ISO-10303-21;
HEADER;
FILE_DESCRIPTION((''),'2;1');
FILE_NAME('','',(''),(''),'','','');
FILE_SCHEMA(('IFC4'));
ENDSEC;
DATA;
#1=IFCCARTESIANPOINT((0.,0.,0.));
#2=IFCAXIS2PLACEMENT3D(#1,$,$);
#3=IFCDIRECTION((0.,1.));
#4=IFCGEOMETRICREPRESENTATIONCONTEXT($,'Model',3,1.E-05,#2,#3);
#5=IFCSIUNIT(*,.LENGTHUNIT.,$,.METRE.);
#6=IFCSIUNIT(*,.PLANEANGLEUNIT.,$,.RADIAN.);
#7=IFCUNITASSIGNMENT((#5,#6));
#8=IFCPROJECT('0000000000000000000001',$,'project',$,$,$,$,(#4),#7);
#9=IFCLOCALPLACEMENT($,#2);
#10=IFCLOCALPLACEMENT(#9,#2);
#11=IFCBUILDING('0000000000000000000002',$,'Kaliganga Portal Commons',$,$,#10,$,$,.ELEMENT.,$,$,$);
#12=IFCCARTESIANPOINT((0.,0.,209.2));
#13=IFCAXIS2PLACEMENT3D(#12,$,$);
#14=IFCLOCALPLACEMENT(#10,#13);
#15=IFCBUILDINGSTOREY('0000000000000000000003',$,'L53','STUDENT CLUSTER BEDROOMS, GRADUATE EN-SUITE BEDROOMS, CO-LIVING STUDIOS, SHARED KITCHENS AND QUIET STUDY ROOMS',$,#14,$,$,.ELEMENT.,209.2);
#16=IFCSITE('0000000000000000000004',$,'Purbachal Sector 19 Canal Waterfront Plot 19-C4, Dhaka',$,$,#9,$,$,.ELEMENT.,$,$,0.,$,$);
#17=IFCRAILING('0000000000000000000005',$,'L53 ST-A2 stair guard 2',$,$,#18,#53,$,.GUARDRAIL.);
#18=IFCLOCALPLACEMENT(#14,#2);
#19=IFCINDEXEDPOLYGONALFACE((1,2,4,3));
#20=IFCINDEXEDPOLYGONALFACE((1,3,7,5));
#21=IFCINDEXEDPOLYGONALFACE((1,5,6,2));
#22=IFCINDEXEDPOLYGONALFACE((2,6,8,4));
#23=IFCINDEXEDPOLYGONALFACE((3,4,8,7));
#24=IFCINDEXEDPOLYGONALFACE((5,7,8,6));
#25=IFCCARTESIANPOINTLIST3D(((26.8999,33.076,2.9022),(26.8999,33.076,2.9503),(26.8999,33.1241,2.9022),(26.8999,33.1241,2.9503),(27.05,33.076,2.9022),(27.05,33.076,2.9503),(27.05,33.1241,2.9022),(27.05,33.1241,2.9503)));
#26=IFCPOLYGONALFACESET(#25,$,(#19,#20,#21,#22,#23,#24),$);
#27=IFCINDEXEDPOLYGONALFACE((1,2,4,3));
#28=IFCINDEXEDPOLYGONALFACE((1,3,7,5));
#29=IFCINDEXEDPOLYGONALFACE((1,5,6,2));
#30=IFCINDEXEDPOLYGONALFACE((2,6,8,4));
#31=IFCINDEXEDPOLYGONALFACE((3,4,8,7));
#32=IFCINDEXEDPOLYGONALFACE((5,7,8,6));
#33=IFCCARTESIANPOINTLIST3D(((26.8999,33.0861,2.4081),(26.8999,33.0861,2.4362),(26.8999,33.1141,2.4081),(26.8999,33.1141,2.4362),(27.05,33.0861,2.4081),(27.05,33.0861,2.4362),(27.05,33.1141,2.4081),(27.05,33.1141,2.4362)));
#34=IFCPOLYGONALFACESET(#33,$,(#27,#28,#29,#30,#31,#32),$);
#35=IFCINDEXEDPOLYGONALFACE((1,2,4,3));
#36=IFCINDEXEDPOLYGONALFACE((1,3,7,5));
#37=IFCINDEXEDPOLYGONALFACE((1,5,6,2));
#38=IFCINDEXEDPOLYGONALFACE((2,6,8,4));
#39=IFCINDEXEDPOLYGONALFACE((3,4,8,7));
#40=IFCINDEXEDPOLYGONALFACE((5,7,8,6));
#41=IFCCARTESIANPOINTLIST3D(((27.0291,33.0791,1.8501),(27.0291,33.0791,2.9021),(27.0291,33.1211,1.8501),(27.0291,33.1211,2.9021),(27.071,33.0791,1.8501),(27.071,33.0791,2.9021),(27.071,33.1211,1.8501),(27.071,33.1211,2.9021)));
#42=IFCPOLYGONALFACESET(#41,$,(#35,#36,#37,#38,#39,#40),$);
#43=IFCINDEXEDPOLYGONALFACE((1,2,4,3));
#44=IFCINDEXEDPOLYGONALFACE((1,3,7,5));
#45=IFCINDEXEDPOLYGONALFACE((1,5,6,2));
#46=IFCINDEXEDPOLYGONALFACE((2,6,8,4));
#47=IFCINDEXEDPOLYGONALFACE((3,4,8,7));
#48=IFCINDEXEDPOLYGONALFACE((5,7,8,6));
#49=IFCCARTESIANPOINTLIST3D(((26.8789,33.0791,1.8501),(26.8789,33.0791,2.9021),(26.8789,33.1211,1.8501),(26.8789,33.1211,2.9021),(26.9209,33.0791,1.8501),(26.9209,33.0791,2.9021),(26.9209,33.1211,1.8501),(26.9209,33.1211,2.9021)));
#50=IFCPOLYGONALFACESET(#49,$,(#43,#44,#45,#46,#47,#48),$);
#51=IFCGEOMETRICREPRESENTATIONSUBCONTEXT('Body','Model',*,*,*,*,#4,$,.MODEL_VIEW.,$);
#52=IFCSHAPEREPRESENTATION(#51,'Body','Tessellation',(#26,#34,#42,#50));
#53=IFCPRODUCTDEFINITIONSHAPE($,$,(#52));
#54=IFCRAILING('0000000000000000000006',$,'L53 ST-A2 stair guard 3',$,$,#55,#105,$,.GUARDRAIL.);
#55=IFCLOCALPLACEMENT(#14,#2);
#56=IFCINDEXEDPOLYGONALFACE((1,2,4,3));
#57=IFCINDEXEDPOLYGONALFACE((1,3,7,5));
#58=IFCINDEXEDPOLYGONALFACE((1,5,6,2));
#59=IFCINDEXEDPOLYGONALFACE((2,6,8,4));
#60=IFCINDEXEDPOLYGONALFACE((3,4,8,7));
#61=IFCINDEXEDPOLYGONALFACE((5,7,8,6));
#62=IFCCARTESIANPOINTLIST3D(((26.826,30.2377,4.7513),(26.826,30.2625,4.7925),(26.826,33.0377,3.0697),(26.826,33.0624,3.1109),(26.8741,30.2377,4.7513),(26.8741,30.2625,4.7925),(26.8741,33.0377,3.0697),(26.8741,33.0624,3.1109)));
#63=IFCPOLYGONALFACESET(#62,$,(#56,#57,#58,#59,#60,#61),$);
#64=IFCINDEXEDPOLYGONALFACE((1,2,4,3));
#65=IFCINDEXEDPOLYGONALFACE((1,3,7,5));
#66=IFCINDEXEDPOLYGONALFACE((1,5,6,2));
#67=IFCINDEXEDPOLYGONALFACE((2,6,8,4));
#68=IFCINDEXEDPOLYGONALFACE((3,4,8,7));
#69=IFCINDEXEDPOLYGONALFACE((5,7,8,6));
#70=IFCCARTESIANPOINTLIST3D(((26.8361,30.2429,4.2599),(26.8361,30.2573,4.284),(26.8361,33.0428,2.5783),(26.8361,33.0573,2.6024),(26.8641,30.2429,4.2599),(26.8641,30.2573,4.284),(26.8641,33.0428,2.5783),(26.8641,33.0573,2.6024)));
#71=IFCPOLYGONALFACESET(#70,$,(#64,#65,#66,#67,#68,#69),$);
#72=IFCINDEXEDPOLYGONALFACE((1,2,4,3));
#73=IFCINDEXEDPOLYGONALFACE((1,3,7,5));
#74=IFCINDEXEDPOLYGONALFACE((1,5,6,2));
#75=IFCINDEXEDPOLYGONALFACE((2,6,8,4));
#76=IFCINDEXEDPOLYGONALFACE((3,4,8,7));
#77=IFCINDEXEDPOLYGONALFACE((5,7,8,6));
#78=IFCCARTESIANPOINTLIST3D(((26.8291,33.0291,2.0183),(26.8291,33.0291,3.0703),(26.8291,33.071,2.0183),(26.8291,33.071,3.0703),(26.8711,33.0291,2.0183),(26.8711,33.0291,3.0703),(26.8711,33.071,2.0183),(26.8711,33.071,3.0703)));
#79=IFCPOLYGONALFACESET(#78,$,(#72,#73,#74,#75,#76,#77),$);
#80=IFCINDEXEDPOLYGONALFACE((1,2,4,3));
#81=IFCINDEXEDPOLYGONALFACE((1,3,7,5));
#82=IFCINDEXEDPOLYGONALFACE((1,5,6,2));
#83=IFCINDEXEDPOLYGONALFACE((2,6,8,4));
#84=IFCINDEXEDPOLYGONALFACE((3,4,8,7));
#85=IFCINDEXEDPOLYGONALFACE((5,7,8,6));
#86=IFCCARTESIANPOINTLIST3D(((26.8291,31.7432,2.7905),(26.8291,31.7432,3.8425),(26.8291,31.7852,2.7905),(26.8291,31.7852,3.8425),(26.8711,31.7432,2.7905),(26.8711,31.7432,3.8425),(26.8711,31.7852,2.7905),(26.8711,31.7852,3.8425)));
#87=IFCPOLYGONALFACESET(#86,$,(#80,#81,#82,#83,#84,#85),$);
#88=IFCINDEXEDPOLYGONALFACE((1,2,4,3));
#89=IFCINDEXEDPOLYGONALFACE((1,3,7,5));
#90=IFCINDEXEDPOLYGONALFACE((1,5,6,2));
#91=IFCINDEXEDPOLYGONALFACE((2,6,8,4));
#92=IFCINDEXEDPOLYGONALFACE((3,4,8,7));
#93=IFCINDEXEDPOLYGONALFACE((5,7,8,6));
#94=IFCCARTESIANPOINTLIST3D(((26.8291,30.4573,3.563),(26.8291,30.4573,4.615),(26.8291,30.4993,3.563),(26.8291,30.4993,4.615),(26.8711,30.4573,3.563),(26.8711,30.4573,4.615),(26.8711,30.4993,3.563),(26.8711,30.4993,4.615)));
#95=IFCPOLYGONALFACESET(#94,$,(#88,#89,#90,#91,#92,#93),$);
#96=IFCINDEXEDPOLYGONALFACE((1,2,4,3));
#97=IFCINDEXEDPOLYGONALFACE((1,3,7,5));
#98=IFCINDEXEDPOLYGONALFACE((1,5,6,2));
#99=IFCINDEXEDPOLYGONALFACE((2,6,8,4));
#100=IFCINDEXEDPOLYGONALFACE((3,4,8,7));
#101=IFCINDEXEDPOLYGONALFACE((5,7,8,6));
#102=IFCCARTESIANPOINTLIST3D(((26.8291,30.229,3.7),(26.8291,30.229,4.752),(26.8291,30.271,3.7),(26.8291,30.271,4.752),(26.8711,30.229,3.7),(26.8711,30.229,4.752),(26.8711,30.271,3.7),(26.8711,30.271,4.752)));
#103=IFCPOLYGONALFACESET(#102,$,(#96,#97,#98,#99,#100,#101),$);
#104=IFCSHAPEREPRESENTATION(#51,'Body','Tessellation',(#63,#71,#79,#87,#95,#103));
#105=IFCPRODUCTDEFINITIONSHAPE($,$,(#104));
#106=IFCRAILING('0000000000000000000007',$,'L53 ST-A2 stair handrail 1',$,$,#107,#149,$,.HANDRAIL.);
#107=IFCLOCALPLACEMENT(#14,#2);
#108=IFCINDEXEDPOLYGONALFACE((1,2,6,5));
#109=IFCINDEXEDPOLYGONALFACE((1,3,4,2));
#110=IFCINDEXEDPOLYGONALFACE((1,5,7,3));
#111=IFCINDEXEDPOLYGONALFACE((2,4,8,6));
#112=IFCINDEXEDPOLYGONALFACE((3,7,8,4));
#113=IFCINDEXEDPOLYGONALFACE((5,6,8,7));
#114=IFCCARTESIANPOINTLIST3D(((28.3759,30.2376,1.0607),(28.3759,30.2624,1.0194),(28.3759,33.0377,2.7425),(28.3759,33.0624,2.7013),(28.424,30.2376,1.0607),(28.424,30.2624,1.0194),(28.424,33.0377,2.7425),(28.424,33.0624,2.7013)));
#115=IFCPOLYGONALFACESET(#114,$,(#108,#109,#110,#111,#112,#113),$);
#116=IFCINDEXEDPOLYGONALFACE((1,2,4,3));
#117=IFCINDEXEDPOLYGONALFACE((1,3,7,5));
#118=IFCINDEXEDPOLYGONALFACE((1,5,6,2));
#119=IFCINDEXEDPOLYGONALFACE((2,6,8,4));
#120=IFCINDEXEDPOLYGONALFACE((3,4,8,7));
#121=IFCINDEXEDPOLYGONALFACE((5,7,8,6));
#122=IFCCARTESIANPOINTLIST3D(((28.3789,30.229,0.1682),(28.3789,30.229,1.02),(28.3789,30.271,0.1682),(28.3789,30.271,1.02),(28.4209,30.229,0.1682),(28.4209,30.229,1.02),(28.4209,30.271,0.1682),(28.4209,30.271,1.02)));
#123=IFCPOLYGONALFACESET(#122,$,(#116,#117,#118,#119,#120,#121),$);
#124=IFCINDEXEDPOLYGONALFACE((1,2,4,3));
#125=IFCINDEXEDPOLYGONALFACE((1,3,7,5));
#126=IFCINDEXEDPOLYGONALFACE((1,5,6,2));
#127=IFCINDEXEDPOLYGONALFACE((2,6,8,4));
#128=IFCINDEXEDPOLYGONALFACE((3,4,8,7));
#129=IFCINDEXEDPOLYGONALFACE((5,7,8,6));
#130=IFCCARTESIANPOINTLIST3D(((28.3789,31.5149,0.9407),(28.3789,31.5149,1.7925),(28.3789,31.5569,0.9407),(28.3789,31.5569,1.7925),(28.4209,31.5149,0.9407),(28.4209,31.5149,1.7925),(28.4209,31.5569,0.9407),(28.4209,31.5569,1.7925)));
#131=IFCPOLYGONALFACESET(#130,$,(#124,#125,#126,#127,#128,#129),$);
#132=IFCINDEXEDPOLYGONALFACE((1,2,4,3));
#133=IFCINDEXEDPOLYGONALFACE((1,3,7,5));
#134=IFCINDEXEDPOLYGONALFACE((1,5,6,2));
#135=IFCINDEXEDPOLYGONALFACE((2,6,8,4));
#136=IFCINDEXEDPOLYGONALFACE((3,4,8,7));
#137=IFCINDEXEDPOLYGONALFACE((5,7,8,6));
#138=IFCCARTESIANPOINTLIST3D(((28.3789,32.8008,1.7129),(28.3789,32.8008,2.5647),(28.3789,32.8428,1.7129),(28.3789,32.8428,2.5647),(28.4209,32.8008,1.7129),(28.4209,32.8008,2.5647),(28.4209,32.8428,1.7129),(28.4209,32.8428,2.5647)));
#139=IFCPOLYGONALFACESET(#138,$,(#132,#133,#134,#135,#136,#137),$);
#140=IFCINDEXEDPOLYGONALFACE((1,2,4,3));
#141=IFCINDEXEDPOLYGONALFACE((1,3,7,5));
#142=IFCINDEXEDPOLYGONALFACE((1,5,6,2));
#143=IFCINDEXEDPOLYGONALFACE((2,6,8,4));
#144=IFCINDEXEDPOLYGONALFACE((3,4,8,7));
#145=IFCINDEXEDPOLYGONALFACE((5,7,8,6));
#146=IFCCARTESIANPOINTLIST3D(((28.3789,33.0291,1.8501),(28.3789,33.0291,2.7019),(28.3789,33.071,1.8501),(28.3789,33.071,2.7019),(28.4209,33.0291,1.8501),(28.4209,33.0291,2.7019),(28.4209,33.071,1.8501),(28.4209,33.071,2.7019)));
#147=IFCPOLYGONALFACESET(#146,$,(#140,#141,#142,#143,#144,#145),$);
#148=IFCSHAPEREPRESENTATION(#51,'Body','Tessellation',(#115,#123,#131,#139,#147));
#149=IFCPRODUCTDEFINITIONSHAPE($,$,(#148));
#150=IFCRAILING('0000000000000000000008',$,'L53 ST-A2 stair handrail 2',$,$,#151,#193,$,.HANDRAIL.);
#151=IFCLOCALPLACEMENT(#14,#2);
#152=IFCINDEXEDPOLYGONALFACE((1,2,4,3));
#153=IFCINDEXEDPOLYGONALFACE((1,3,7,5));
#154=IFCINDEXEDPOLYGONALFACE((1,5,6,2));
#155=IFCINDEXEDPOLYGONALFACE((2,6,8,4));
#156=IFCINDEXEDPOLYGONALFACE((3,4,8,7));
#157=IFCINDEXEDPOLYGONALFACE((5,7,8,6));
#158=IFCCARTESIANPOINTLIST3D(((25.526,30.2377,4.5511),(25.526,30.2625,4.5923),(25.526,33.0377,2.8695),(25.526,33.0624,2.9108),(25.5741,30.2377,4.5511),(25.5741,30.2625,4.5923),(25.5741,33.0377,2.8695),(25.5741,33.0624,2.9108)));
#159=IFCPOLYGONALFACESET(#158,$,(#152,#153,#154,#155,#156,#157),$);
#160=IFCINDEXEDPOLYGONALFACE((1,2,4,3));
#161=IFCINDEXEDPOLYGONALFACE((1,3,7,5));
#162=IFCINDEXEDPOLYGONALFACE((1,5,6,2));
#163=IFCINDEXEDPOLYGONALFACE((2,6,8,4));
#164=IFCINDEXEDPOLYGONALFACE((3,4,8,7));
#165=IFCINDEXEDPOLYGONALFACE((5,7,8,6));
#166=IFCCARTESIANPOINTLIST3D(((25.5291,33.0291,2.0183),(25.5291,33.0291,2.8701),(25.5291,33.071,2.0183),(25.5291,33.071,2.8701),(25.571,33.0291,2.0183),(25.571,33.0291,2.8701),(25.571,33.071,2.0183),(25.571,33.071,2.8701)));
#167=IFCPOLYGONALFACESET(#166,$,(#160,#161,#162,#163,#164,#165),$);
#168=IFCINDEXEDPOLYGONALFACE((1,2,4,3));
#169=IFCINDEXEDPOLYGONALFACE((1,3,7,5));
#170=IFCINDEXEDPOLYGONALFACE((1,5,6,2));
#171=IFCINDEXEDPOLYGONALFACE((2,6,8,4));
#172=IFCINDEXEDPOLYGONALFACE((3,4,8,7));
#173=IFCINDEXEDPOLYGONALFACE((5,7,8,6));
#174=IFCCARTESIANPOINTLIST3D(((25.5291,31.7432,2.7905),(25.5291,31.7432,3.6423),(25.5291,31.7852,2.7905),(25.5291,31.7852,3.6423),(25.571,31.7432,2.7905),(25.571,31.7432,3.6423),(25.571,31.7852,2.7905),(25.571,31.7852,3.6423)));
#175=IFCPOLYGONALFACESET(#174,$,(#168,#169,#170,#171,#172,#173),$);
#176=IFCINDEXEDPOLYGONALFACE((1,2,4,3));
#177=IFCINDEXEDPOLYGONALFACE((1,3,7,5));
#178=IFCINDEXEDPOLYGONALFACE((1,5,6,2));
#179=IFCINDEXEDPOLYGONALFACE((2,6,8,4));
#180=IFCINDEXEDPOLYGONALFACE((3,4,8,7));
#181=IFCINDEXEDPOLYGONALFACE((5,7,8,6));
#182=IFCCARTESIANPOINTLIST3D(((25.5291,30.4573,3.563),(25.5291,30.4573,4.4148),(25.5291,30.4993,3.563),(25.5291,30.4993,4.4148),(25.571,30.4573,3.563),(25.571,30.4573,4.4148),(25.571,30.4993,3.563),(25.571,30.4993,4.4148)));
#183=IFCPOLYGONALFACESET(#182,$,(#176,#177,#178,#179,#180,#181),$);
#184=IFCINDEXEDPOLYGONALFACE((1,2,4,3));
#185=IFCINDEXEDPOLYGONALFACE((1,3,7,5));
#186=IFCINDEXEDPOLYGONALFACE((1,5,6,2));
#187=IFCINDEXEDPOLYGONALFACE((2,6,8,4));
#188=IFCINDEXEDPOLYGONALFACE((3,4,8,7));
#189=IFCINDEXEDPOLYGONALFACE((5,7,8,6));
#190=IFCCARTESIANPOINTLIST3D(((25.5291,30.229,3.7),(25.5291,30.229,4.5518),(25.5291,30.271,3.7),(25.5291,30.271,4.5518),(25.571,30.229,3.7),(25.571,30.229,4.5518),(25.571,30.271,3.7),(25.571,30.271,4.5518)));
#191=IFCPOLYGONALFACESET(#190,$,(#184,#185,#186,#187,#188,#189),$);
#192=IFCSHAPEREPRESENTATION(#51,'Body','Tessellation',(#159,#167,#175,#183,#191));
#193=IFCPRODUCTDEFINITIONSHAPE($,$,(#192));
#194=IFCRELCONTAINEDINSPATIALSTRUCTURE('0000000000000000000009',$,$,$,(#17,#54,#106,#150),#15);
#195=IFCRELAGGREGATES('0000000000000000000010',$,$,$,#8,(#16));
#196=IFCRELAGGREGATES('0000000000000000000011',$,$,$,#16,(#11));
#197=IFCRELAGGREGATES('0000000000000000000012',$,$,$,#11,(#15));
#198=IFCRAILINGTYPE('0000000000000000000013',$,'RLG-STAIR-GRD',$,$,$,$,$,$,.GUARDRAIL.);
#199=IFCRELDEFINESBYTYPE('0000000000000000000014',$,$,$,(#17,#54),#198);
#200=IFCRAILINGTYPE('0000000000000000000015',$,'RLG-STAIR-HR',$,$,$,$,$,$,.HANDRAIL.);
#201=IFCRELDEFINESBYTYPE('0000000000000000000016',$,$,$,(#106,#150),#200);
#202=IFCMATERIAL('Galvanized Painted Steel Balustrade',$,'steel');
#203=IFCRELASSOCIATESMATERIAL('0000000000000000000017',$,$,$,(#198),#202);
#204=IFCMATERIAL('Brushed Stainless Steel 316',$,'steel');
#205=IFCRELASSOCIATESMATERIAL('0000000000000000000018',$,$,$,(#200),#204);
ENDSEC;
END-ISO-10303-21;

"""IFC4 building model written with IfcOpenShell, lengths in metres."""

from ifc_helpers import new_model, si_unit, direction, frame, origin, origin_2d, place, context, subcontext, project, spatial, rectangle, extrude, material, type_object, element, save


model = new_model("IFC4")

# Units and contexts
model_context = context("Model", 3, precision=1e-05, world=origin(), true_north=direction((0.0, 1.0)))
body_context = subcontext(model_context, "Body", "Model", "MODEL_VIEW")
ifc_project = project(units=[si_unit("LENGTHUNIT", "METRE"), si_unit("PLANEANGLEUNIT", "RADIAN")], contexts=[model_context])

# Site, building, storey
site_placement = place(None, origin())
site = spatial("IfcSite", under=ifc_project, at=site_placement, Name="Purbachal Sector 19 Canal Waterfront Plot 19-C4, Dhaka", CompositionType="ELEMENT", RefElevation=0.0)
building_placement = place(site_placement, origin())
building = spatial("IfcBuilding", under=site, at=building_placement, Name="Kaliganga Portal Commons", CompositionType="ELEMENT")
storey_placement = place(building_placement, frame((0.0, 0.0, 209.2)))
storey = spatial("IfcBuildingStorey", under=building, at=storey_placement, Name="L53", Description="STUDENT CLUSTER BEDROOMS, GRADUATE EN-SUITE BEDROOMS, CO-LIVING STUDIOS, SHARED KITCHENS AND QUIET STUDY ROOMS", CompositionType="ELEMENT", Elevation=209.2)

# Railings
ifc_material_1 = material(Name="Galvanized Painted Steel Balustrade", Category="steel")
railing_type_1 = type_object("IfcRailingType", Name="RLG-STAIR-GRD", PredefinedType="GUARDRAIL", material=ifc_material_1)
railing_1_placement = place(storey_placement, frame((27.05, 33.1001, 1.8501)))
element("IfcRailing", 1, at=railing_1_placement, inside=storey, type_object=railing_type_1, Name="L53 ST-A2 stair guard 2", PredefinedType="GUARDRAIL", context=body_context, shape_type="SweptSolid", body=[
    extrude(rectangle(XDim=0.0481, YDim=0.0481, at=origin_2d()), frame((0.0, 0.0, 1.0762), z_axis=(-1.0, 0.0, 0.0), x_axis=(0.0, -1.0, 0.0)), (0.0, 0.0, 1.0), 0.1501),
    extrude(rectangle(XDim=0.0281, YDim=0.0281, at=origin_2d()), frame((0.0, 0.0, 0.572), z_axis=(-1.0, 0.0, 0.0), x_axis=(0.0, -1.0, 0.0)), (0.0, 0.0, 1.0), 0.1501),
    extrude(rectangle(XDim=0.042, YDim=0.042, at=origin_2d()), origin(), (0.0, 0.0, 1.0), 1.052),
    extrude(rectangle(XDim=0.042, YDim=0.042, at=origin_2d()), frame((-0.1501, 0.0, 0.0)), (0.0, 0.0, 1.0), 1.052),
])
railing_2_placement = place(storey_placement, frame((26.8501, 33.05, 2.0183)))
element("IfcRailing", 2, at=railing_2_placement, inside=storey, type_object=railing_type_1, Name="L53 ST-A2 stair guard 3", PredefinedType="GUARDRAIL", context=body_context, shape_type="SweptSolid", body=[
    extrude(rectangle(XDim=0.0481, YDim=0.0481, at=origin_2d()), frame((0.0, 0.0, 1.072), z_axis=(0.0, -0.857275, 0.514858), x_axis=(1.0, 0.0, 0.0)), (0.0, 0.0, 1.0), 3.2661),
    extrude(rectangle(XDim=0.0281, YDim=0.0281, at=origin_2d()), frame((0.0, 0.0, 0.572), z_axis=(0.0, -0.857275, 0.514858), x_axis=(1.0, 0.0, 0.0)), (0.0, 0.0, 1.0), 3.2661),
    extrude(rectangle(XDim=0.042, YDim=0.042, at=origin_2d()), origin(), (0.0, 0.0, 1.0), 1.052),
    extrude(rectangle(XDim=0.042, YDim=0.042, at=origin_2d()), frame((0.0, -1.2859, 0.7722)), (0.0, 0.0, 1.0), 1.052),
    extrude(rectangle(XDim=0.042, YDim=0.042, at=origin_2d()), frame((0.0, -2.5718, 1.5447)), (0.0, 0.0, 1.0), 1.052),
    extrude(rectangle(XDim=0.042, YDim=0.042, at=origin_2d()), frame((0.0, -2.8, 1.6816)), (0.0, 0.0, 1.0), 1.052),
])
ifc_material_2 = material(Name="Brushed Stainless Steel 316", Category="steel")
railing_type_2 = type_object("IfcRailingType", Name="RLG-STAIR-HR", PredefinedType="HANDRAIL", material=ifc_material_2)
railing_3_placement = place(storey_placement, frame((28.3999, 30.25, 0.1682)))
element("IfcRailing", 3, at=railing_3_placement, inside=storey, type_object=railing_type_2, Name="L53 ST-A2 stair handrail 1", PredefinedType="HANDRAIL", context=body_context, shape_type="SweptSolid", body=[
    extrude(rectangle(XDim=0.0481, YDim=0.0481, at=origin_2d()), frame((0.0, 0.0, 0.8718), z_axis=(0.0, 0.857242, 0.514913), x_axis=(-1.0, 0.0, 0.0)), (0.0, 0.0, 1.0), 3.2664),
    extrude(rectangle(XDim=0.042, YDim=0.042, at=origin_2d()), origin(), (0.0, 0.0, 1.0), 0.8518),
    extrude(rectangle(XDim=0.042, YDim=0.042, at=origin_2d()), frame((0.0, 1.2859, 0.7725)), (0.0, 0.0, 1.0), 0.8518),
    extrude(rectangle(XDim=0.042, YDim=0.042, at=origin_2d()), frame((0.0, 2.5718, 1.5447)), (0.0, 0.0, 1.0), 0.8518),
    extrude(rectangle(XDim=0.042, YDim=0.042, at=origin_2d()), frame((0.0, 2.8, 1.6819)), (0.0, 0.0, 1.0), 0.8518),
])
railing_4_placement = place(storey_placement, frame((25.55, 33.05, 2.0183)))
element("IfcRailing", 4, at=railing_4_placement, inside=storey, type_object=railing_type_2, Name="L53 ST-A2 stair handrail 2", PredefinedType="HANDRAIL", context=body_context, shape_type="SweptSolid", body=[
    extrude(rectangle(XDim=0.0481, YDim=0.0481, at=origin_2d()), frame((0.0, 0.0, 0.8718), z_axis=(0.0, -0.857275, 0.514858), x_axis=(1.0, 0.0, 0.0)), (0.0, 0.0, 1.0), 3.2661),
    extrude(rectangle(XDim=0.042, YDim=0.042, at=origin_2d()), origin(), (0.0, 0.0, 1.0), 0.8518),
    extrude(rectangle(XDim=0.042, YDim=0.042, at=origin_2d()), frame((0.0, -1.2859, 0.7722)), (0.0, 0.0, 1.0), 0.8518),
    extrude(rectangle(XDim=0.042, YDim=0.042, at=origin_2d()), frame((0.0, -2.5718, 1.5447)), (0.0, 0.0, 1.0), 0.8518),
    extrude(rectangle(XDim=0.042, YDim=0.042, at=origin_2d()), frame((0.0, -2.8, 1.6816)), (0.0, 0.0, 1.0), 0.8518),
])

save(model, "model.ifc")
